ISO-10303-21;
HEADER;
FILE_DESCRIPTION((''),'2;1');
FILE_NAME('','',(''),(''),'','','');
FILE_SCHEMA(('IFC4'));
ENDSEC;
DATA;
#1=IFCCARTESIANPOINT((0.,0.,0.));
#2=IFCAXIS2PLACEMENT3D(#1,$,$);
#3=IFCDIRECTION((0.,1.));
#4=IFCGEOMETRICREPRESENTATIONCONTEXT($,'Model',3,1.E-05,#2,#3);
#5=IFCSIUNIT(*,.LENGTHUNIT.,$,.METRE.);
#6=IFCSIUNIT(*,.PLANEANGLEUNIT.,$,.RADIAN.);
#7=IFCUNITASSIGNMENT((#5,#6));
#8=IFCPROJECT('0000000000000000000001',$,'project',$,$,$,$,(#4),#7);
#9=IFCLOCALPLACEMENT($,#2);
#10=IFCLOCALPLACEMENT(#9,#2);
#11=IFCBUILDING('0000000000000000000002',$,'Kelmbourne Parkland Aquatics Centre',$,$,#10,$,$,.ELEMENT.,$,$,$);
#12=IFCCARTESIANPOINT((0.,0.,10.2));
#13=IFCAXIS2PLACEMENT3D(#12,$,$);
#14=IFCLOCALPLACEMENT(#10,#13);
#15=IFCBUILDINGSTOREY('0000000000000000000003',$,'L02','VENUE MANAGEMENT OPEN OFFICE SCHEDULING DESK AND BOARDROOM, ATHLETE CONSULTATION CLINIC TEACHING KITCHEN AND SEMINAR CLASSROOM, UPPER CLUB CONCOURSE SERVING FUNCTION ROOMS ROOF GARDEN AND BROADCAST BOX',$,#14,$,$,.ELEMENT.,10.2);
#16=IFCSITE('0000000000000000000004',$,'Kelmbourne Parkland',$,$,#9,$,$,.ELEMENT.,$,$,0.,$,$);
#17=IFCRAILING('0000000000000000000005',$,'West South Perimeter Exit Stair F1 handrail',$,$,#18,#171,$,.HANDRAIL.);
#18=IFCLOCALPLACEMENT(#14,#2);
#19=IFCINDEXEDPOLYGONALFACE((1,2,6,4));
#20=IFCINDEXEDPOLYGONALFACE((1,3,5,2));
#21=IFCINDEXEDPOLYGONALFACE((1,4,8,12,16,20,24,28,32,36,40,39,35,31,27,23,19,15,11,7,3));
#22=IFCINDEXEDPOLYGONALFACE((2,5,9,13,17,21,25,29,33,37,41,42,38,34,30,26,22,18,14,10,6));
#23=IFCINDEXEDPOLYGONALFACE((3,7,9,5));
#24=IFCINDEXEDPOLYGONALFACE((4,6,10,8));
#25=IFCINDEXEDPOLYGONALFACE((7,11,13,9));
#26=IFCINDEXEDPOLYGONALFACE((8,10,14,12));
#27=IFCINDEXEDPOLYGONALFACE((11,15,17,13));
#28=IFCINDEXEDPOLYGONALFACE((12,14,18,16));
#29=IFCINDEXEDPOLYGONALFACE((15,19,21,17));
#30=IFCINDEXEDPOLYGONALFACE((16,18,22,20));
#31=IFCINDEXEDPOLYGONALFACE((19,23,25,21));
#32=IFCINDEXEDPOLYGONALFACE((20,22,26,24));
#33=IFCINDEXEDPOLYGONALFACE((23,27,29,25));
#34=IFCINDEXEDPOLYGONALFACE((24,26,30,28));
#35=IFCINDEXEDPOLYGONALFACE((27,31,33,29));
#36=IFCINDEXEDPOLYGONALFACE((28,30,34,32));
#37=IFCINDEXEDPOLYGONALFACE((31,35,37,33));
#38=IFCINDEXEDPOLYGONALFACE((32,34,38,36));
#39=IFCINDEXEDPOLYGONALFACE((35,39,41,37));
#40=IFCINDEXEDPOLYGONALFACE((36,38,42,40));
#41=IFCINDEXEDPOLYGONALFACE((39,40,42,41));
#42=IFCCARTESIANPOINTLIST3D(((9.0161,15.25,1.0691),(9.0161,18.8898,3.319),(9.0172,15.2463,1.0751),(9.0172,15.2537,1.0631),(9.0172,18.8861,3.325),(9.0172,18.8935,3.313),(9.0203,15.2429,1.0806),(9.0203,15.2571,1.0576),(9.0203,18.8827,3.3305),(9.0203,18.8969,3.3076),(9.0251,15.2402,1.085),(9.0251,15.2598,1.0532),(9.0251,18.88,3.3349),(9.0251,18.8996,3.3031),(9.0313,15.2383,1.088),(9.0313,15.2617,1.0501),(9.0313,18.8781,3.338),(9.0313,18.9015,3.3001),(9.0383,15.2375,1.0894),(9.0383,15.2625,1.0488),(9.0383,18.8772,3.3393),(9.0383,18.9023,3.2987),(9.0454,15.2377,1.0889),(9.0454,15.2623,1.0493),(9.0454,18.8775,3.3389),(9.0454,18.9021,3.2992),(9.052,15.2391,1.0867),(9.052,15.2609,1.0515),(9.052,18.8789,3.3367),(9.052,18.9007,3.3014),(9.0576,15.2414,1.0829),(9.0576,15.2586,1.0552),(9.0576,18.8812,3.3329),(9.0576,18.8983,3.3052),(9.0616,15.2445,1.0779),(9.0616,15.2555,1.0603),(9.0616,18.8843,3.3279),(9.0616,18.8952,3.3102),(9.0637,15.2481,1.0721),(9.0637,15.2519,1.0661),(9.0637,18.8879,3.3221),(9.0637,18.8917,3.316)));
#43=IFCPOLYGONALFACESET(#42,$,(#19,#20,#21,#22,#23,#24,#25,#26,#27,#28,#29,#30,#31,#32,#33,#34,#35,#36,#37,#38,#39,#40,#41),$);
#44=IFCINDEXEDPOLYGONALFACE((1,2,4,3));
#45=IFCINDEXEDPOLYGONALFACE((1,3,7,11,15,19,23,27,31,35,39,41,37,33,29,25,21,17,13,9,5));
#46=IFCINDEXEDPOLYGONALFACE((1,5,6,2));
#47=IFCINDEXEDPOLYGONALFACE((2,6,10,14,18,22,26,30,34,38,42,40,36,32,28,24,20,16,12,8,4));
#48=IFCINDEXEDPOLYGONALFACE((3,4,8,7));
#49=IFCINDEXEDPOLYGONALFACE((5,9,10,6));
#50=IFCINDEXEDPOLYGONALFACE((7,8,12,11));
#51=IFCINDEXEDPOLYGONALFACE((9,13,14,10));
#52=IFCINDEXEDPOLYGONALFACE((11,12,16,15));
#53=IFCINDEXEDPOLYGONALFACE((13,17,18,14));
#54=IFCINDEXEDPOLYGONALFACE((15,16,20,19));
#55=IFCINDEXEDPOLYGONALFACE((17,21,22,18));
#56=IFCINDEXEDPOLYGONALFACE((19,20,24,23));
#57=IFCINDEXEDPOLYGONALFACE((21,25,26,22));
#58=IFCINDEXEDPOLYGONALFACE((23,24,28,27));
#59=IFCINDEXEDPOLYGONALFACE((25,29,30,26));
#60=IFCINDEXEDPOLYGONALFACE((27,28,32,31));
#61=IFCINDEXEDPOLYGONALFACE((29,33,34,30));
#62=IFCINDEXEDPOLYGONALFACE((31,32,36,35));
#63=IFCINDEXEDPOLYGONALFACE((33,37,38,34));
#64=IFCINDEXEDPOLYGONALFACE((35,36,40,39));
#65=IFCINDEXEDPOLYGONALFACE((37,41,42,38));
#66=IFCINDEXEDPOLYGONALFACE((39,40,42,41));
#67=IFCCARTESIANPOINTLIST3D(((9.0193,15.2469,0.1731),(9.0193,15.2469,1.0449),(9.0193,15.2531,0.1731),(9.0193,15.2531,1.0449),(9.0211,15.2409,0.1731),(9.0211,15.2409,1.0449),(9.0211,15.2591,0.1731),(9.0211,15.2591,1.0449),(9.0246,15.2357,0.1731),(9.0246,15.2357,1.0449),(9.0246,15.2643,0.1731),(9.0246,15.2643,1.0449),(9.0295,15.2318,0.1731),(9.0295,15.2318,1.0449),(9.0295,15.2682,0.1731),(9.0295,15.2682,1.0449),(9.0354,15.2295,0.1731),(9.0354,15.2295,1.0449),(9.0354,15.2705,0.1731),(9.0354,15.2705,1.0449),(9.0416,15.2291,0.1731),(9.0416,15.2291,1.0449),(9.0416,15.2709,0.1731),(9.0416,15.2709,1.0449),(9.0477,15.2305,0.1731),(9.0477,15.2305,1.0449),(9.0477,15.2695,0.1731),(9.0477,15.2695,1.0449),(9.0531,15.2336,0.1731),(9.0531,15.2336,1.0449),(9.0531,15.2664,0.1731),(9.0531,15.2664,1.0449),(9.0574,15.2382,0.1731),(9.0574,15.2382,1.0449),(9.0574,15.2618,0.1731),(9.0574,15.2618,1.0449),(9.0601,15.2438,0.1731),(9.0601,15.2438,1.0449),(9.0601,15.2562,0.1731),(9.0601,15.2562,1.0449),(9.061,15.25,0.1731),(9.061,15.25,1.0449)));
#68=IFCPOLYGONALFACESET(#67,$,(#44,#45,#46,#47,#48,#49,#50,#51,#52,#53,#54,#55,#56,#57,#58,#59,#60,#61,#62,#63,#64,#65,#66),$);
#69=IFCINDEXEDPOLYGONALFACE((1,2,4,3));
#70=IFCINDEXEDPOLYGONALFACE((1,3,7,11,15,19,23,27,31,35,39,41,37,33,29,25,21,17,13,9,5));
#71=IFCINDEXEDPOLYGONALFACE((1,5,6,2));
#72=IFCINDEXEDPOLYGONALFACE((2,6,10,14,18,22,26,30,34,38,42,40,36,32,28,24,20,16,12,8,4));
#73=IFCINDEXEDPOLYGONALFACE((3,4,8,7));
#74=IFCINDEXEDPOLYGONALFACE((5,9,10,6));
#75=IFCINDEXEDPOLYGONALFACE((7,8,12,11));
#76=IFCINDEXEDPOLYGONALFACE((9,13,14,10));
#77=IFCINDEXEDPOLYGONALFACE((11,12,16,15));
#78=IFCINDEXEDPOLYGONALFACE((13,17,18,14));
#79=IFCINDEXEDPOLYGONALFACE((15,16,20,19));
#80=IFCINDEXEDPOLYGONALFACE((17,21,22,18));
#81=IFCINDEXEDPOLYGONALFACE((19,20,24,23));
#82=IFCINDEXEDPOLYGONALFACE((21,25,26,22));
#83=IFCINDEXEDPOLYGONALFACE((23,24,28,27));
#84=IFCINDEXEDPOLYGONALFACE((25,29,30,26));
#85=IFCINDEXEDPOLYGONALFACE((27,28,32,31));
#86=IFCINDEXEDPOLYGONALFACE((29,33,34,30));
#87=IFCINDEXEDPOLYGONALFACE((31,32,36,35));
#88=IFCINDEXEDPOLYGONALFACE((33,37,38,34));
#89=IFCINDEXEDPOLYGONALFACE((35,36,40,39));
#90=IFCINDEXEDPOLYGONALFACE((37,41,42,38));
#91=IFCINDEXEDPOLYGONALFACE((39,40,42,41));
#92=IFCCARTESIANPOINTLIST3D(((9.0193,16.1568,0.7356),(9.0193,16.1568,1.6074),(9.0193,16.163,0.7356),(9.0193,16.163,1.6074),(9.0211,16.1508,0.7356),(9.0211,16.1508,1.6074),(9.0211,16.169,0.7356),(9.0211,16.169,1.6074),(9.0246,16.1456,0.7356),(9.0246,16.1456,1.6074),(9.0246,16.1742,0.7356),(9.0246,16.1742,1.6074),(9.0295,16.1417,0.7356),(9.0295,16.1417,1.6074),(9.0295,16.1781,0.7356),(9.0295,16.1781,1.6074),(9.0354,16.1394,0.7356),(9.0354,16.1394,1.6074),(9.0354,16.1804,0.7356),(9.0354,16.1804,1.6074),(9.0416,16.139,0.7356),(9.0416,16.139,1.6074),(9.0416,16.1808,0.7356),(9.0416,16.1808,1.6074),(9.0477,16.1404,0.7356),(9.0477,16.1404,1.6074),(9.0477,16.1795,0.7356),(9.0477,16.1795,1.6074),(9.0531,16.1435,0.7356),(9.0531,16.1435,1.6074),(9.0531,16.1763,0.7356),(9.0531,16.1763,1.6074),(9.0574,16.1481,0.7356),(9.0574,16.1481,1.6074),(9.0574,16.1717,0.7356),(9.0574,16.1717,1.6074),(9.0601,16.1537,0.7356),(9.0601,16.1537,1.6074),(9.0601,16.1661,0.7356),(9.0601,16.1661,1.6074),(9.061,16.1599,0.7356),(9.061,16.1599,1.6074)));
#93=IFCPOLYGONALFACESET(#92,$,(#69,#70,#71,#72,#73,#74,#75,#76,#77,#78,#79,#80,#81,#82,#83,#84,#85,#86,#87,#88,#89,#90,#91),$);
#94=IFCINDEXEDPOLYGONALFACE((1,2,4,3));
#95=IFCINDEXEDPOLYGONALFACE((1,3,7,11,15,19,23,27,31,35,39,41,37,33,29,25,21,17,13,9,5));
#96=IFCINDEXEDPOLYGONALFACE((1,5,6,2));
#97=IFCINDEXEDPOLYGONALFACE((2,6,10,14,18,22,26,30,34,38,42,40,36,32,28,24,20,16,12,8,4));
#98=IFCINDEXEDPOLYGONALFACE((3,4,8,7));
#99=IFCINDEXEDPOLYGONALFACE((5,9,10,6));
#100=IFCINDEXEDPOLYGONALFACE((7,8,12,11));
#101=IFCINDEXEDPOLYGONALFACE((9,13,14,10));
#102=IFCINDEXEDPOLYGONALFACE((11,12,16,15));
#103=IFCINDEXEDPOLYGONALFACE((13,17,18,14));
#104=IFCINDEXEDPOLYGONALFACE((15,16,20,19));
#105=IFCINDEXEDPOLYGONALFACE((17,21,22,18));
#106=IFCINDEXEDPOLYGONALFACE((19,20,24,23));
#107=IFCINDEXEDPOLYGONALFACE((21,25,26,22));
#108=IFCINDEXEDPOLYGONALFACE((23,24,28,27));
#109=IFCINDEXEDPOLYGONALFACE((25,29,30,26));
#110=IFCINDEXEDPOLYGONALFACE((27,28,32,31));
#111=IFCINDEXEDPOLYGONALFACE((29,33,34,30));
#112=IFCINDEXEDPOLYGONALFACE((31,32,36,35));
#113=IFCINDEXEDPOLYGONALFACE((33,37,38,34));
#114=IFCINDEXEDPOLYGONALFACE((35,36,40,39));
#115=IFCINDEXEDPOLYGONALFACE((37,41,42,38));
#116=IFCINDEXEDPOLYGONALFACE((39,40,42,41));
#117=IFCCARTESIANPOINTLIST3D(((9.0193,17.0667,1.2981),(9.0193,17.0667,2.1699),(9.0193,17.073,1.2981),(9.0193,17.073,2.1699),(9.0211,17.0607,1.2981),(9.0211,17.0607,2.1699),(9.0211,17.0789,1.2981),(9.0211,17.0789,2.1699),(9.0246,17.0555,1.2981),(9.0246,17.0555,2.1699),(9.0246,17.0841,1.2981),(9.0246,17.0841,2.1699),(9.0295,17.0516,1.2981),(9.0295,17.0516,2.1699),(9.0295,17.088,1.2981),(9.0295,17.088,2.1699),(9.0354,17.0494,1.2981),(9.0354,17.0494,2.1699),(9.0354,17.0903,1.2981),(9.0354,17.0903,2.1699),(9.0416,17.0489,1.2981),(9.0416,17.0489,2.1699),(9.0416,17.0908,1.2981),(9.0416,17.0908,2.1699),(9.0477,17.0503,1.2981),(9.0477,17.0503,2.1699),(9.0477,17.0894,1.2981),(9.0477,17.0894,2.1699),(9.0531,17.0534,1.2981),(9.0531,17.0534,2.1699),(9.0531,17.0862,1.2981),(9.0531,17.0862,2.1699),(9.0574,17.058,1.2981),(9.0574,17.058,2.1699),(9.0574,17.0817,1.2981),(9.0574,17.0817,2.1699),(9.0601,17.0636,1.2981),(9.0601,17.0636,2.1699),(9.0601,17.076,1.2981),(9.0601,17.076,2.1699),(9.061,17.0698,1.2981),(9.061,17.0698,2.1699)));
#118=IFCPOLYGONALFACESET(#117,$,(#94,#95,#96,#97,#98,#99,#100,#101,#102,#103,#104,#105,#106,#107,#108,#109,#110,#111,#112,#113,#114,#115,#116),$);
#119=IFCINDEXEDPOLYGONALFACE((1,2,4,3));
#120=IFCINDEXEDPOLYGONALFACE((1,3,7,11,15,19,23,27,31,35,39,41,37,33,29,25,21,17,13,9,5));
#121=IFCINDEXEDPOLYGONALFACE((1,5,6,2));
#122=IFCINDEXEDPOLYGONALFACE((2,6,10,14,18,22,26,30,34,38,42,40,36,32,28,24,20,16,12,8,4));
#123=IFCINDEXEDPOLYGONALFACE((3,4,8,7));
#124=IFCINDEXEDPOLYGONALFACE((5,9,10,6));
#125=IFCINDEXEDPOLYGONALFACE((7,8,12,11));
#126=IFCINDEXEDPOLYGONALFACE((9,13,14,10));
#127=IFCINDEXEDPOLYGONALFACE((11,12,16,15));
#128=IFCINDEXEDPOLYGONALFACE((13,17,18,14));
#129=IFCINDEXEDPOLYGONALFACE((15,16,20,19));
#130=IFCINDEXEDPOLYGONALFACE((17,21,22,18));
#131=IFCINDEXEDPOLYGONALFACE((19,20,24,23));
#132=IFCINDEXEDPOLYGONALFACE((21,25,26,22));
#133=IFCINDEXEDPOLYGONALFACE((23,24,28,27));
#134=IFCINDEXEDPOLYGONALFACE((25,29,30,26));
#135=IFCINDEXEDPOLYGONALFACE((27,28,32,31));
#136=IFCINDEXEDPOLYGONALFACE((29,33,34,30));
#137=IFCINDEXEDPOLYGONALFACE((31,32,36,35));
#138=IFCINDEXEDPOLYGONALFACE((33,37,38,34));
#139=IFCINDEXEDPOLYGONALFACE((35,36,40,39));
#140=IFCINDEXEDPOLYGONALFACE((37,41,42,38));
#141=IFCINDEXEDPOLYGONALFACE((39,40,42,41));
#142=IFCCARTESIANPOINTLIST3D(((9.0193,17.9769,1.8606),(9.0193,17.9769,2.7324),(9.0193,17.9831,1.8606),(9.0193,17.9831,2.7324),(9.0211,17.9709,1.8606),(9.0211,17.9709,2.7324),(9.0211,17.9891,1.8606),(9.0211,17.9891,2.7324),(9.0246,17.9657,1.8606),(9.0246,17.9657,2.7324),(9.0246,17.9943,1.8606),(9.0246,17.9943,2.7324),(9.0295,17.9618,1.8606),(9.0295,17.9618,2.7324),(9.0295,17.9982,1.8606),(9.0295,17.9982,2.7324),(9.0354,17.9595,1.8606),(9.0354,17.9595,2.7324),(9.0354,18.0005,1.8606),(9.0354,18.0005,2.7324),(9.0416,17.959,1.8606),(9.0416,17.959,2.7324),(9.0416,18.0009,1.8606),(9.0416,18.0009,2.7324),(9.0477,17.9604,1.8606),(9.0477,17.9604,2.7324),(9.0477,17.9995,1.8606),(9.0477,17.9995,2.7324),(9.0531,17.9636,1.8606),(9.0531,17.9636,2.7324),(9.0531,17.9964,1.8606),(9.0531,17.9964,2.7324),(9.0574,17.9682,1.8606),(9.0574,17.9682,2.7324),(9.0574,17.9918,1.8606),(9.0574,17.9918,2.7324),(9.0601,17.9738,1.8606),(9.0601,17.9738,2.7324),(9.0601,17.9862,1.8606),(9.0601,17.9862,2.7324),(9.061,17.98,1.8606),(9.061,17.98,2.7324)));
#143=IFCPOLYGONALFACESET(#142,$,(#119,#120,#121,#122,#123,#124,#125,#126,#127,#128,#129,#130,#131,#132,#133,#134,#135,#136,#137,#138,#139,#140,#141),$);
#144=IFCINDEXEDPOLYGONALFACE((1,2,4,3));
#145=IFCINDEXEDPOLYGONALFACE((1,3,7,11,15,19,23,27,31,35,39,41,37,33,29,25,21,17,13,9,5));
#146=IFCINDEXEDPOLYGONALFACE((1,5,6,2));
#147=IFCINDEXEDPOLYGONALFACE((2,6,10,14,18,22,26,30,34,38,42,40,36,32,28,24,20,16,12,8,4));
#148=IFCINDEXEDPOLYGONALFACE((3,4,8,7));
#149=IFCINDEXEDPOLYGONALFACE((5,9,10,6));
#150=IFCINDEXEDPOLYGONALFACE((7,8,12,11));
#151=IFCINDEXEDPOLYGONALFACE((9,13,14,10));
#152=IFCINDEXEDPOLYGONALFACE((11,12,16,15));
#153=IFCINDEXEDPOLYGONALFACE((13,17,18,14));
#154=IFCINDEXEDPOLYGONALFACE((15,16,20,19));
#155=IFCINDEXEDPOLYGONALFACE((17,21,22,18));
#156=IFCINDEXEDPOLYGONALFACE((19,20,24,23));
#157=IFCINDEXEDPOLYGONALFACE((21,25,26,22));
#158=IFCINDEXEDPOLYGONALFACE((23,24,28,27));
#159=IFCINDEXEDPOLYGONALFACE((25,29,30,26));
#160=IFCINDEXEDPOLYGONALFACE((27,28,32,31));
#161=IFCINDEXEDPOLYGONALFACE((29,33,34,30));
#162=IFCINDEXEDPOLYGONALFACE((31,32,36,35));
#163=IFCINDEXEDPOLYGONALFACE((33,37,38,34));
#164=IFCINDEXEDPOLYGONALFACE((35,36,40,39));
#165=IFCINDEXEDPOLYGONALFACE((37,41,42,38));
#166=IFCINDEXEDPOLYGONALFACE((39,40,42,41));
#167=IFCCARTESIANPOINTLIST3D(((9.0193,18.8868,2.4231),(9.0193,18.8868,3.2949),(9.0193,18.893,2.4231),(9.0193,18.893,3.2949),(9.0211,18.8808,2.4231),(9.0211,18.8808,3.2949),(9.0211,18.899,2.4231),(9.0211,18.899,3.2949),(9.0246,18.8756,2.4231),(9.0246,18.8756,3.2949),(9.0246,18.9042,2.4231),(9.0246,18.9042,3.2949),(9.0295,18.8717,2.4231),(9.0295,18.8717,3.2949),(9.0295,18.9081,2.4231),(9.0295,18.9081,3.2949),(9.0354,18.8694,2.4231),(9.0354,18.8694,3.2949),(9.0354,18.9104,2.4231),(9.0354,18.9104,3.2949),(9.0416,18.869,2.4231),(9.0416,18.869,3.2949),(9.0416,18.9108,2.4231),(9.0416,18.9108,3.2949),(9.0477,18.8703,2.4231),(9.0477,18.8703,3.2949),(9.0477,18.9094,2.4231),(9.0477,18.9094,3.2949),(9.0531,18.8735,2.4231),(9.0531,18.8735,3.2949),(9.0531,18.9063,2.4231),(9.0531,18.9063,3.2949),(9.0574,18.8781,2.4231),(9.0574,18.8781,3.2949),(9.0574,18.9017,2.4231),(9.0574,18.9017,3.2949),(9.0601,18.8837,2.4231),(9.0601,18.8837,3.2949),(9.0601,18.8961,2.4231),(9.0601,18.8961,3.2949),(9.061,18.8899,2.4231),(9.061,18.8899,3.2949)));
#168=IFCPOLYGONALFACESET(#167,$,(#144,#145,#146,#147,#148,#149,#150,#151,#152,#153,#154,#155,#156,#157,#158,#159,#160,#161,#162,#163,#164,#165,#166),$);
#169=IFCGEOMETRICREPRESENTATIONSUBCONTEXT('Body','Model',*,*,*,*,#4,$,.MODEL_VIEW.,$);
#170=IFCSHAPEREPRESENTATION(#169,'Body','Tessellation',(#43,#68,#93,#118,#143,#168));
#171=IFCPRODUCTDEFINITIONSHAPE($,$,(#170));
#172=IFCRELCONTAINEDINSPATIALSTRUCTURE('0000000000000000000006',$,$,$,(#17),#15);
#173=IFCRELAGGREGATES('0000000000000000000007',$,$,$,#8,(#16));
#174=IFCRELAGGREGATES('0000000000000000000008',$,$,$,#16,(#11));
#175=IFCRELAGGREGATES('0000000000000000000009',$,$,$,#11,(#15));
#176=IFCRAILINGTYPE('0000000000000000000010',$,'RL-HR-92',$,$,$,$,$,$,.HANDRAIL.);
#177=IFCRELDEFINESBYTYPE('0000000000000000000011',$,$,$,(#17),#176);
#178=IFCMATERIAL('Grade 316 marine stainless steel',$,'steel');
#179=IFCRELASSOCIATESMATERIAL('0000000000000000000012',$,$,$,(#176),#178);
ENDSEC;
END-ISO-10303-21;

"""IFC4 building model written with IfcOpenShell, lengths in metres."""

from ifc_helpers import new_model, si_unit, direction, frame, origin, origin_2d, place, context, subcontext, project, spatial, circle, extrude, material, type_object, element, save


model = new_model("IFC4")

# Units and contexts
model_context = context("Model", 3, precision=1e-05, world=origin(), true_north=direction((0.0, 1.0)))
body_context = subcontext(model_context, "Body", "Model", "MODEL_VIEW")
ifc_project = project(units=[si_unit("LENGTHUNIT", "METRE"), si_unit("PLANEANGLEUNIT", "RADIAN")], contexts=[model_context])

# Site, building, storey
site_placement = place(None, origin())
site = spatial("IfcSite", under=ifc_project, at=site_placement, Name="Kelmbourne Parkland", CompositionType="ELEMENT", RefElevation=0.0)
building_placement = place(site_placement, origin())
building = spatial("IfcBuilding", under=site, at=building_placement, Name="Kelmbourne Parkland Aquatics Centre", CompositionType="ELEMENT")
storey_placement = place(building_placement, frame((0.0, 0.0, 10.2)))
storey = spatial("IfcBuildingStorey", under=building, at=storey_placement, Name="L02", Description="VENUE MANAGEMENT OPEN OFFICE SCHEDULING DESK AND BOARDROOM, ATHLETE CONSULTATION CLINIC TEACHING KITCHEN AND SEMINAR CLASSROOM, UPPER CLUB CONCOURSE SERVING FUNCTION ROOMS ROOF GARDEN AND BROADCAST BOX", CompositionType="ELEMENT", Elevation=10.2)

# Railing
ifc_material_1 = material(Name="Grade 316 marine stainless steel", Category="steel")
railing_type_1 = type_object("IfcRailingType", Name="RL-HR-92", PredefinedType="HANDRAIL", material=ifc_material_1)
railing_1_placement = place(storey_placement, frame((9.04, 15.25, 0.1731)))
element("IfcRailing", 1, at=railing_1_placement, inside=storey, type_object=railing_type_1, Name="West South Perimeter Exit Stair F1 handrail", PredefinedType="HANDRAIL", context=body_context, shape_type="SweptSolid", body=[
    extrude(circle(Radius=0.0239, at=origin_2d()), frame((0.0, 0.0, 0.896), z_axis=(0.0, 0.850607, 0.525803), x_axis=(-1.0, 0.0, 0.0)), (0.0, 0.0, 1.0), 4.2791),
    extrude(circle(Radius=0.021, at=origin_2d()), origin(), (0.0, 0.0, 1.0), 0.8718),
    extrude(circle(Radius=0.021, at=origin_2d()), frame((0.0, 0.9099, 0.5625)), (0.0, 0.0, 1.0), 0.8718),
    extrude(circle(Radius=0.021, at=origin_2d()), frame((0.0, 1.8198, 1.125)), (0.0, 0.0, 1.0), 0.8718),
    extrude(circle(Radius=0.021, at=origin_2d()), frame((0.0, 2.73, 1.6875)), (0.0, 0.0, 1.0), 0.8718),
    extrude(circle(Radius=0.021, at=origin_2d()), frame((0.0, 3.6399, 2.25)), (0.0, 0.0, 1.0), 0.8718),
])

save(model, "model.ifc")
